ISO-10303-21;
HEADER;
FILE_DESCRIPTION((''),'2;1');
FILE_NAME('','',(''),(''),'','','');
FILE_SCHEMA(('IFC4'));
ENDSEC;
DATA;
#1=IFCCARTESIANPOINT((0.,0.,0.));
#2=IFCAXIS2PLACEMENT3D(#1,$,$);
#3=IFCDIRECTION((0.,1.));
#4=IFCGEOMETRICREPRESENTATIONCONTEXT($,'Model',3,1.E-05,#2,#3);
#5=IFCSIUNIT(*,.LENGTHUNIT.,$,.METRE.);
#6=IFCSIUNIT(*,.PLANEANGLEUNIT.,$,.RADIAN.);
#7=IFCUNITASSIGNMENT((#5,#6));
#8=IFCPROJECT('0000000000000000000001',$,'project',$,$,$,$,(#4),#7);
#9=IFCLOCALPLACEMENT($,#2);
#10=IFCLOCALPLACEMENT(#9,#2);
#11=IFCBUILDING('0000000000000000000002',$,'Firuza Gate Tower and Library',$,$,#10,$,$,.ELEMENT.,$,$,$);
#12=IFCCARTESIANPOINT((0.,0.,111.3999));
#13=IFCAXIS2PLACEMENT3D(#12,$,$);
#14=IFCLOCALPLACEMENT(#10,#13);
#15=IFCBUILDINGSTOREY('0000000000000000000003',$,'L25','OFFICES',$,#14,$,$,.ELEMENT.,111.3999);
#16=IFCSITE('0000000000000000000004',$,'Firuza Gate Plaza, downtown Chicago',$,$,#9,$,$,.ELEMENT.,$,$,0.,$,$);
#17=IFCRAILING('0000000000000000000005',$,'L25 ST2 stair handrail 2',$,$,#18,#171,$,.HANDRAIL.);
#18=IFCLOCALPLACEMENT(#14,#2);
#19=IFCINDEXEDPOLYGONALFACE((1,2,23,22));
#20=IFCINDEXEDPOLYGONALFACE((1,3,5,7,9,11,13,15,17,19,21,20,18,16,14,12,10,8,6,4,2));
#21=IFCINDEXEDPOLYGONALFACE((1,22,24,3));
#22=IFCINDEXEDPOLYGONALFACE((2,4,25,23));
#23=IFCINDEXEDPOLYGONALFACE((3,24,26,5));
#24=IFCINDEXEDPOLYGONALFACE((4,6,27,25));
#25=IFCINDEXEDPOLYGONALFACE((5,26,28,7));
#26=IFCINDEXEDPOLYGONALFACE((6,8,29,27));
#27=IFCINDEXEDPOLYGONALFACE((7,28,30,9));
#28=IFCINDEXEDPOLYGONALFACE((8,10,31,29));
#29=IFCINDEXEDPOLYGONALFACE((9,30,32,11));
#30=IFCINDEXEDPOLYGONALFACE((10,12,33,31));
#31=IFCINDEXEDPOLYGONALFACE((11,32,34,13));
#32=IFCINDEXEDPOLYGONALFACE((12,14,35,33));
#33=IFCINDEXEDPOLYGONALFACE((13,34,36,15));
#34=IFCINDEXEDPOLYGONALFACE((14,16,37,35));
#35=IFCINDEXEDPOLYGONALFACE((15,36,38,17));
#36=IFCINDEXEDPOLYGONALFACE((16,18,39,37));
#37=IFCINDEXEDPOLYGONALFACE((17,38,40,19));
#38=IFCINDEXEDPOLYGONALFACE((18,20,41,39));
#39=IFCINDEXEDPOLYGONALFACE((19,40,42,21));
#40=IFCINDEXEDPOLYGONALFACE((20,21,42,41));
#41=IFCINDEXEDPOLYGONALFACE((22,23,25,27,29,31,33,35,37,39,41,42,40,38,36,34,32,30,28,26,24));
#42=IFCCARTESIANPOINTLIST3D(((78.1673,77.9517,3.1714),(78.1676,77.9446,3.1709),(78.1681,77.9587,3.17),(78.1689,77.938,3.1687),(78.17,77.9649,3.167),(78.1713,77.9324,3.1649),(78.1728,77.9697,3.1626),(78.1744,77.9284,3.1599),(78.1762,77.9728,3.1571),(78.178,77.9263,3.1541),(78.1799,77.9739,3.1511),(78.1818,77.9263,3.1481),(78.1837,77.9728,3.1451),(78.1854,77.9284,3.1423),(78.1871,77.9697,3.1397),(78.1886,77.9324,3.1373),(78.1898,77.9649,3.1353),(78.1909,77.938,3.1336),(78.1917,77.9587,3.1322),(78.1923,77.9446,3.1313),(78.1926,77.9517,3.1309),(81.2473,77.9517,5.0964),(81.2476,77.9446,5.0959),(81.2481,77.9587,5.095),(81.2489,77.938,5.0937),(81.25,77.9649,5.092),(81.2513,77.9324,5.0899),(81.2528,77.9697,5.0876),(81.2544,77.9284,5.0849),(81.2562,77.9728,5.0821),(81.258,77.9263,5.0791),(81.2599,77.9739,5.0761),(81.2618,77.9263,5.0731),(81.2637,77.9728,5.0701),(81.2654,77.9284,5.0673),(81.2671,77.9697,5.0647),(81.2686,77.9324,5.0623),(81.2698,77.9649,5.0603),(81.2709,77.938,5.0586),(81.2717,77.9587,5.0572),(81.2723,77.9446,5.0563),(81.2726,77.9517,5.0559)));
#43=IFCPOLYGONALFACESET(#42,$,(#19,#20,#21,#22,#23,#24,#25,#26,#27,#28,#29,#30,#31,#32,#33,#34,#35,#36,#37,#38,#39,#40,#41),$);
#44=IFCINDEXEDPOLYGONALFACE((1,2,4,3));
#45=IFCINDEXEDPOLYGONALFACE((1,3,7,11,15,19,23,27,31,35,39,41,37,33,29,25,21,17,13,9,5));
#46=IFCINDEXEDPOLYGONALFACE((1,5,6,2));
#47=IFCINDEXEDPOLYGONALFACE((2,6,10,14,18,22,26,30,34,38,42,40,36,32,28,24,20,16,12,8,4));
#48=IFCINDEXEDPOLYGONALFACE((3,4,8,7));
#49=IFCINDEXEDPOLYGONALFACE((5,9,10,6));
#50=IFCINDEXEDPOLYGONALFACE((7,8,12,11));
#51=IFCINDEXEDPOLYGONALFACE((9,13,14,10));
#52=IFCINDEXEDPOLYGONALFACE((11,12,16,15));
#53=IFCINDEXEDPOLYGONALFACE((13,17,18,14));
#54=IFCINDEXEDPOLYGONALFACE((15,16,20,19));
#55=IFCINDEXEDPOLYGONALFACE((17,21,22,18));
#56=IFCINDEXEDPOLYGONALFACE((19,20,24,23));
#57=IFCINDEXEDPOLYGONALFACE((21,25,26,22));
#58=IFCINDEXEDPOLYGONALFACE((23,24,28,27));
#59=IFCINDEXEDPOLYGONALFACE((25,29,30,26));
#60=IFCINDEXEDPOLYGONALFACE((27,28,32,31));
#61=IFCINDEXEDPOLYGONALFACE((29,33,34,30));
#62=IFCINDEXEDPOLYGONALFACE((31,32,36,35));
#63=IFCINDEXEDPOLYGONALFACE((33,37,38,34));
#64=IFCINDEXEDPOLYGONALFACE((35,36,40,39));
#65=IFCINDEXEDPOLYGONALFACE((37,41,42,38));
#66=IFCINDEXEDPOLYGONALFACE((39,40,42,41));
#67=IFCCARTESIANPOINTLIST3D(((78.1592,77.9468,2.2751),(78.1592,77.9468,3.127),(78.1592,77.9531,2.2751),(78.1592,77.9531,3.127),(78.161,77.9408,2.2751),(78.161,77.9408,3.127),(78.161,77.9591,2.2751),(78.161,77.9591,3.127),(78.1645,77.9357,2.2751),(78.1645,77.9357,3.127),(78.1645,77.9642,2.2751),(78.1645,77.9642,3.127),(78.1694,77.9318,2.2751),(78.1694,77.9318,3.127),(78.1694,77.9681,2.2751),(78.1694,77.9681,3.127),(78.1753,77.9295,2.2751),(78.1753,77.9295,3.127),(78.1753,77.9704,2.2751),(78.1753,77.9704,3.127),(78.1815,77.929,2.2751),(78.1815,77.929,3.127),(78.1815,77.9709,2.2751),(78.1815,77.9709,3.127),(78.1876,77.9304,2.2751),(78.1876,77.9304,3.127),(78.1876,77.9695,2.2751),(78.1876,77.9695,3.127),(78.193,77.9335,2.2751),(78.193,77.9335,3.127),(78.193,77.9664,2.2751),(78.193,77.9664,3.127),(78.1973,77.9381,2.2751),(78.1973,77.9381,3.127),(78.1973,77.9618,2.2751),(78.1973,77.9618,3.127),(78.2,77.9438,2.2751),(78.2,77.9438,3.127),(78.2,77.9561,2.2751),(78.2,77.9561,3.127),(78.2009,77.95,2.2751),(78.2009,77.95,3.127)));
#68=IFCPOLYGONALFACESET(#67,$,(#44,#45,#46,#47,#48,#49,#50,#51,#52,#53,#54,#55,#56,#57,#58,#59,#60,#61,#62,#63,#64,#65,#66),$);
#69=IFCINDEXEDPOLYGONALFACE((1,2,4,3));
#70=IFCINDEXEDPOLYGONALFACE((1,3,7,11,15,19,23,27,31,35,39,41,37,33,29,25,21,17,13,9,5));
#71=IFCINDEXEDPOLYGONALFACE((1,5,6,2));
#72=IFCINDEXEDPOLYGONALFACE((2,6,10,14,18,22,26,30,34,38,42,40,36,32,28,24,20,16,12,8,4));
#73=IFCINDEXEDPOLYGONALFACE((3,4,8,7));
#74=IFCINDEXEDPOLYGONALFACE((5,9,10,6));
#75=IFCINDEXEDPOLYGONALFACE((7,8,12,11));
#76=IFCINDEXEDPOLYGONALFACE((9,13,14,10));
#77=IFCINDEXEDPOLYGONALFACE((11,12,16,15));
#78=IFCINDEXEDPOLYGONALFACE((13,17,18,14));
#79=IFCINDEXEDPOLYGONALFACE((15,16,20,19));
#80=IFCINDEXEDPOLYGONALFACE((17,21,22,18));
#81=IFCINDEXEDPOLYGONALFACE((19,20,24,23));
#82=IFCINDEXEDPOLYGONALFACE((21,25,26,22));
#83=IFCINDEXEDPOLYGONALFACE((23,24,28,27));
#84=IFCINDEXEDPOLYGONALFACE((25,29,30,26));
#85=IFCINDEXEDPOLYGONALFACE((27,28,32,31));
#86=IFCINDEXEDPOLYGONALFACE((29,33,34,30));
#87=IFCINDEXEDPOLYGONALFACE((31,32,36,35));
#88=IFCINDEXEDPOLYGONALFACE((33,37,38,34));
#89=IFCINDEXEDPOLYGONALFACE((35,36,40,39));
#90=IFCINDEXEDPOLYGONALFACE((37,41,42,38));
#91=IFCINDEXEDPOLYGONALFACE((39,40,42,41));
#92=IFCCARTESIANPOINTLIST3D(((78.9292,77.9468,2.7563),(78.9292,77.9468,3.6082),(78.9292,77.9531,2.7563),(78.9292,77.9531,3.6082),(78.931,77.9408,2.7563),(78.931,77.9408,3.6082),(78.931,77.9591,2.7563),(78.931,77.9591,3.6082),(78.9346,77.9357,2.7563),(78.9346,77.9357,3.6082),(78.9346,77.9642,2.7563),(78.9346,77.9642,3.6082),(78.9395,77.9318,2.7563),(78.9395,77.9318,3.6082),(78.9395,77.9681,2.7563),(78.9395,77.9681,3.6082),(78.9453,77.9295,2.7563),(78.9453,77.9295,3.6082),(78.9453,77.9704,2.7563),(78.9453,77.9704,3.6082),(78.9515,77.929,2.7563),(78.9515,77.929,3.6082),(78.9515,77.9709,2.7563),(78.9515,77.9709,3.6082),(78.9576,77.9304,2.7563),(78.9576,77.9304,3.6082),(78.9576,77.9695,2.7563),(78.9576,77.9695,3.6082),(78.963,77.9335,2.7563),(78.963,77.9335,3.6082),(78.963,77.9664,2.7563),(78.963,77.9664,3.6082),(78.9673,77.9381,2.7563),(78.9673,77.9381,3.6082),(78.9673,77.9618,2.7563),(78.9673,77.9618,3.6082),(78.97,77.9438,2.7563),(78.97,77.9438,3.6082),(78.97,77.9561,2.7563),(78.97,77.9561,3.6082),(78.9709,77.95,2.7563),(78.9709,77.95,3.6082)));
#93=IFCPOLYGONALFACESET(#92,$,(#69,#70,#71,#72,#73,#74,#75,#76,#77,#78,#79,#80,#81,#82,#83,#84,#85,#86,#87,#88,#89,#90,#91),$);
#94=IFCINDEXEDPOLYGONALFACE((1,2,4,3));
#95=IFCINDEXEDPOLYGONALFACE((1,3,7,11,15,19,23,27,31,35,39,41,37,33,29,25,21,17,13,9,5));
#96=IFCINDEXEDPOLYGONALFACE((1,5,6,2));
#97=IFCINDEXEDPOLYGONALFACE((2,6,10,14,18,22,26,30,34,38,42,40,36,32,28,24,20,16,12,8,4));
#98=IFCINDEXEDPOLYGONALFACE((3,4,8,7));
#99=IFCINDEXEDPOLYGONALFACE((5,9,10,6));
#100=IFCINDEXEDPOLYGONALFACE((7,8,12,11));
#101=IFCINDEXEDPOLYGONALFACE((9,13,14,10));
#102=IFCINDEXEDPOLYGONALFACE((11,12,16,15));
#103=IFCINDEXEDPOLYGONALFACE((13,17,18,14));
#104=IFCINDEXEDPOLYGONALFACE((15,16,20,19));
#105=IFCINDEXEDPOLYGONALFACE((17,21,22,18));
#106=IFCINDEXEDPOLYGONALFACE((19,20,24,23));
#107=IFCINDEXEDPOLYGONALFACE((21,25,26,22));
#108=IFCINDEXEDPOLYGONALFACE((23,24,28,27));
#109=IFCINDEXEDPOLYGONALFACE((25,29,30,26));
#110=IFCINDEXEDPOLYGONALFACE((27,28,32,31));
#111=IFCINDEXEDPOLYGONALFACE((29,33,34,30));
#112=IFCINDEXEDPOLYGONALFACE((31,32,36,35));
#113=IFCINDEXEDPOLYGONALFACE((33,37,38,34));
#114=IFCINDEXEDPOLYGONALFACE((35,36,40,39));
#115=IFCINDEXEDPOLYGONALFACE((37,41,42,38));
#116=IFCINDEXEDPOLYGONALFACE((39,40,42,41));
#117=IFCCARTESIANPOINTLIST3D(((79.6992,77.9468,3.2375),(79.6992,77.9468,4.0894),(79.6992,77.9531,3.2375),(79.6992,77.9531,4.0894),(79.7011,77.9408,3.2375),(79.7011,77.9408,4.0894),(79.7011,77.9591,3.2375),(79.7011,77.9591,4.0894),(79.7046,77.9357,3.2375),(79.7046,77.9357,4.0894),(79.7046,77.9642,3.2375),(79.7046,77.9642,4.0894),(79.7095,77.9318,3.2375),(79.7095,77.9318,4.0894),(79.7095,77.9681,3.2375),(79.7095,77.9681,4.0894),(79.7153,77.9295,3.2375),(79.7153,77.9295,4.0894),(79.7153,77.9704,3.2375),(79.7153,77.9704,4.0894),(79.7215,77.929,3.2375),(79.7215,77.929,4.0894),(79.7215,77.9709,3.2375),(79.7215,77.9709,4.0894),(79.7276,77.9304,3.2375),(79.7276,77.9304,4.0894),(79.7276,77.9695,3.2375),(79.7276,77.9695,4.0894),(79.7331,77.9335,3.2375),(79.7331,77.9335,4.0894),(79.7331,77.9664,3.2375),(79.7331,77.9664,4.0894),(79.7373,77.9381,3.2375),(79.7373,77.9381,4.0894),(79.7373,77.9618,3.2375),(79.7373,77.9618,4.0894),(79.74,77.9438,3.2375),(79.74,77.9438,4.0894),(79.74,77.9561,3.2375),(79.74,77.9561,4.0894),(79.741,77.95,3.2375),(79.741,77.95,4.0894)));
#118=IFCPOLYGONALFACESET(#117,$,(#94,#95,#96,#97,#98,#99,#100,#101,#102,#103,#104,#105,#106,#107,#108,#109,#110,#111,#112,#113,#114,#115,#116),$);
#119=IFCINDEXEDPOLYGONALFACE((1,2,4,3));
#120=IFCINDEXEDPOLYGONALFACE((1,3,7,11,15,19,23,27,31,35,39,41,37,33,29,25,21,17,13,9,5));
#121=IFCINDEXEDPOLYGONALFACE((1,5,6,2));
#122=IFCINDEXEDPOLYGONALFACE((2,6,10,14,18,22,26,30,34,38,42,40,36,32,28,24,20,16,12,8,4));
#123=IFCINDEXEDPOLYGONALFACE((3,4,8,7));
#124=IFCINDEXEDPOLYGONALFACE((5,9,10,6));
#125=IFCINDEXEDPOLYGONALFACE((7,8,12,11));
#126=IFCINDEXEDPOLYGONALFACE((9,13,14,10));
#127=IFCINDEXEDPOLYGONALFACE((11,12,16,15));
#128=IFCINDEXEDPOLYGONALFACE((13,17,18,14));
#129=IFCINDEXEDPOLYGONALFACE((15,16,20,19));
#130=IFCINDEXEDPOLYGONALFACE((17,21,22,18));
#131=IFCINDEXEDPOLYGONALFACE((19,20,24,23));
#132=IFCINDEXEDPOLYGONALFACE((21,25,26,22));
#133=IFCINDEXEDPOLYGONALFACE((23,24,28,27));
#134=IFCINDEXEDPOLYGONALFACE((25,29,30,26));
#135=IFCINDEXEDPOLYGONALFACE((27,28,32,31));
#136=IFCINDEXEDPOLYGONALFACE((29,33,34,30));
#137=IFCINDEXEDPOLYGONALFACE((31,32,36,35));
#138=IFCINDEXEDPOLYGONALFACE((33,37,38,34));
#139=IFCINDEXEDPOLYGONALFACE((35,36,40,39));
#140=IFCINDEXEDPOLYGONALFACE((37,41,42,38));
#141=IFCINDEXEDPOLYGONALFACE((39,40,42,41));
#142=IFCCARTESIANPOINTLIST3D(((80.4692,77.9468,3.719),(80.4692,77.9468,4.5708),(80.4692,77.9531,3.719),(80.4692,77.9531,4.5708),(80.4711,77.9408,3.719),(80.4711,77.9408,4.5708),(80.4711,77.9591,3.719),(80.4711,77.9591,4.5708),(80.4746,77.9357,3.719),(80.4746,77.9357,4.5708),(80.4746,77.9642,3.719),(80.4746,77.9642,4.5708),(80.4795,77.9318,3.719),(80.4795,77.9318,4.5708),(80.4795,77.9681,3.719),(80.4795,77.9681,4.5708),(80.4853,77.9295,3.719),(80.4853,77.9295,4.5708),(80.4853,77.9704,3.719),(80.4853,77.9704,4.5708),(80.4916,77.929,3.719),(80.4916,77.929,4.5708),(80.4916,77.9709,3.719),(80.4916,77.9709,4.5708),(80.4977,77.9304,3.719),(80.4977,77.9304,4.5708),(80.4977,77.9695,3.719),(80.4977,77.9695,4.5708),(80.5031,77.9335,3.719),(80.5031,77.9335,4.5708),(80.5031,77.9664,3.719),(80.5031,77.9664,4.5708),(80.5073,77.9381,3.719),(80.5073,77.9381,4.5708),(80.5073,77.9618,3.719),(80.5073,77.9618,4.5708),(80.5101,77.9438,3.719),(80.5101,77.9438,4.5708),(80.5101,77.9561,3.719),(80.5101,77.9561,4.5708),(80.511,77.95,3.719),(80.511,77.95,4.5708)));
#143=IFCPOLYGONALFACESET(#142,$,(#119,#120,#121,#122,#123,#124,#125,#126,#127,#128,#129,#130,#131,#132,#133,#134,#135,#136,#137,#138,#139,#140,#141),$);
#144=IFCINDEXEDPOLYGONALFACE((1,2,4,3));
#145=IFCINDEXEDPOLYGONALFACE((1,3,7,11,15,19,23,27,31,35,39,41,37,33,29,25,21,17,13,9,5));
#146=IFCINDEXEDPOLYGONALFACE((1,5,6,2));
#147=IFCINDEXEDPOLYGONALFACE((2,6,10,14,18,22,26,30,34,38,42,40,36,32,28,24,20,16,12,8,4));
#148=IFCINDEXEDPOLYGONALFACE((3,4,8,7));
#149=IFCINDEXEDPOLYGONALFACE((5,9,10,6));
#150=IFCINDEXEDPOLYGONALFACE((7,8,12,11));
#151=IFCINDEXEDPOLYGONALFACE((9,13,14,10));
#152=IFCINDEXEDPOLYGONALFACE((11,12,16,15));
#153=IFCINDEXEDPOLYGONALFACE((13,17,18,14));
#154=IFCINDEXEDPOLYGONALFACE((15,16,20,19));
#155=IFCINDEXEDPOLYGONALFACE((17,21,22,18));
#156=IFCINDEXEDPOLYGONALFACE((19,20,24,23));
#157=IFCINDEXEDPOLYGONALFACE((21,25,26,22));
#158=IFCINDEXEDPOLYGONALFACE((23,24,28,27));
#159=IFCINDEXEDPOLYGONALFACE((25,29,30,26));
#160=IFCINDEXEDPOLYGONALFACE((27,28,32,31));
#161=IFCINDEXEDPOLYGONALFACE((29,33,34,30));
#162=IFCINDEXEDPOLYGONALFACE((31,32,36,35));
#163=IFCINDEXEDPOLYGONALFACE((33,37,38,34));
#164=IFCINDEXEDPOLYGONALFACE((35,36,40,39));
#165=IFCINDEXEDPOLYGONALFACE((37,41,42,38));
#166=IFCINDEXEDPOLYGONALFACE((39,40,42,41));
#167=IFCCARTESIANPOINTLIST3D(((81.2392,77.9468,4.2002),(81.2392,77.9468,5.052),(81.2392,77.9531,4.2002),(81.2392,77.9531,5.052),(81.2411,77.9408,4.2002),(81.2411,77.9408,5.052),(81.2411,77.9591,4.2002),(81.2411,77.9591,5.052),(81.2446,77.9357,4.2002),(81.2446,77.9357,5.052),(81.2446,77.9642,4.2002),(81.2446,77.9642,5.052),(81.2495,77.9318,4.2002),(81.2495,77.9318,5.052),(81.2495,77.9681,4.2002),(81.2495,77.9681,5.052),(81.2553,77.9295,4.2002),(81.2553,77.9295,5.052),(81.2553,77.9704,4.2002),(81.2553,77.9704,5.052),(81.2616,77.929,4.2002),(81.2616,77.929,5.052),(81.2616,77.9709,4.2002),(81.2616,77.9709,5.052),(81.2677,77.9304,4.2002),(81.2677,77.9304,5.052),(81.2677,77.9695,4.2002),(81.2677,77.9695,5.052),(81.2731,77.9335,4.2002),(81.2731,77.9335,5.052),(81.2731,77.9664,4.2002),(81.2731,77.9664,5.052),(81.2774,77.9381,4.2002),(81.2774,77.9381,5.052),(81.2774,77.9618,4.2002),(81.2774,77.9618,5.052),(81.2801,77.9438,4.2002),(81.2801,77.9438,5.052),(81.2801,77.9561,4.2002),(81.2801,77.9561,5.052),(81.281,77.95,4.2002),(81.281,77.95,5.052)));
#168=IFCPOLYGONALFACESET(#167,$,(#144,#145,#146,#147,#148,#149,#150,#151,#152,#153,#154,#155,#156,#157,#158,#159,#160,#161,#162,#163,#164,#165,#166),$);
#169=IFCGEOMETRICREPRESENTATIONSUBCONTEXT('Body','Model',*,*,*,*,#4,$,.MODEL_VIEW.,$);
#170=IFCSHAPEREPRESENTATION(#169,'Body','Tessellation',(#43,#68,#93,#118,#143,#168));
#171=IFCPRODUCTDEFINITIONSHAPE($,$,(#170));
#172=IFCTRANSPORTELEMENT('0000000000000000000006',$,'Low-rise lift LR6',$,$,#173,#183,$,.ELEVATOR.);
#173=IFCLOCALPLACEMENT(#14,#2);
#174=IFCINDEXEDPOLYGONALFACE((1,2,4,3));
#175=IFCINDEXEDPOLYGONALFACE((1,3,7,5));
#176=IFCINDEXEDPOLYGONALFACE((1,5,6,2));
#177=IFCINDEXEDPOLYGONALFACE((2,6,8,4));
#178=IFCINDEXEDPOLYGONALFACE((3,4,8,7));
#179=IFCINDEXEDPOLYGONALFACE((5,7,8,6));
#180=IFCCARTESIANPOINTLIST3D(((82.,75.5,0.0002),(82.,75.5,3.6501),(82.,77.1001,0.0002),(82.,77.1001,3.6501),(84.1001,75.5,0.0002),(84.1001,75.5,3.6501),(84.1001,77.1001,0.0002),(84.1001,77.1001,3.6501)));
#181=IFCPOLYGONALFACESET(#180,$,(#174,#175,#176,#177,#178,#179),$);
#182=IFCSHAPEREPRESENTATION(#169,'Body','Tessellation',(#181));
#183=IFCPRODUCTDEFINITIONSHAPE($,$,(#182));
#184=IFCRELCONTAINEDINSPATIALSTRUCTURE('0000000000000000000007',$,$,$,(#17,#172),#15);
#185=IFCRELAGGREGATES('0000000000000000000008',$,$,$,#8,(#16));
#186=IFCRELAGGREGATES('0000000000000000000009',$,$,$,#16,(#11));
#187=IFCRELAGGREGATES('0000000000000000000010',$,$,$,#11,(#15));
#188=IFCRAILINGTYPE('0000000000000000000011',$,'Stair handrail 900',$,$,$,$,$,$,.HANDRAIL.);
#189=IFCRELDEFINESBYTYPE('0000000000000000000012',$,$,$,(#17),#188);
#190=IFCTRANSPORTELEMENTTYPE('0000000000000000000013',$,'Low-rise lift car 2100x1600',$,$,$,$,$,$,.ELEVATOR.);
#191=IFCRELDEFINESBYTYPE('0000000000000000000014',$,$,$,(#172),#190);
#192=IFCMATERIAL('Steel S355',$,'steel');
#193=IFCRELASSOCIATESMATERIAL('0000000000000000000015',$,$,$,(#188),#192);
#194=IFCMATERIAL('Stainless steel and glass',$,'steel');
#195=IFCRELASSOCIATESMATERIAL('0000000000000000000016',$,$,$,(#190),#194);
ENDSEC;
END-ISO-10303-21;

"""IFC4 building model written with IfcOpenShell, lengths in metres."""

from ifc_helpers import new_model, si_unit, direction, frame, origin, origin_2d, place, context, subcontext, project, spatial, rectangle, circle, extrude, material, type_object, element, save


model = new_model("IFC4")

# Units and contexts
model_context = context("Model", 3, precision=1e-05, world=origin(), true_north=direction((0.0, 1.0)))
body_context = subcontext(model_context, "Body", "Model", "MODEL_VIEW")
ifc_project = project(units=[si_unit("LENGTHUNIT", "METRE"), si_unit("PLANEANGLEUNIT", "RADIAN")], contexts=[model_context])

# Site, building, storey
site_placement = place(None, origin())
site = spatial("IfcSite", under=ifc_project, at=site_placement, Name="Firuza Gate Plaza, downtown Chicago", CompositionType="ELEMENT", RefElevation=0.0)
building_placement = place(site_placement, origin())
building = spatial("IfcBuilding", under=site, at=building_placement, Name="Firuza Gate Tower and Library", CompositionType="ELEMENT")
storey_placement = place(building_placement, frame((0.0, 0.0, 111.3999)))
storey = spatial("IfcBuildingStorey", under=building, at=storey_placement, Name="L25", Description="OFFICES", CompositionType="ELEMENT", Elevation=111.3999)

# Railing
ifc_material_1 = material(Name="Steel S355", Category="steel")
railing_type_1 = type_object("IfcRailingType", Name="Stair handrail 900", PredefinedType="HANDRAIL", material=ifc_material_1)
railing_1_placement = place(storey_placement, frame((78.1799, 77.95, 2.2751)))
element("IfcRailing", 1, at=railing_1_placement, inside=storey, type_object=railing_type_1, Name="L25 ST2 stair handrail 2", PredefinedType="HANDRAIL", context=body_context, shape_type="SweptSolid", body=[
    extrude(circle(Radius=0.0239, at=origin_2d()), frame((0.0, 0.0, 0.876), z_axis=(0.847998, 0.0, 0.529999), x_axis=(0.0, 1.0, 0.0)), (0.0, 0.0, 1.0), 3.6321),
    extrude(circle(Radius=0.021, at=origin_2d()), origin(), (0.0, 0.0, 1.0), 0.8518),
    extrude(circle(Radius=0.021, at=origin_2d()), frame((0.77, 0.0, 0.4812)), (0.0, 0.0, 1.0), 0.8518),
    extrude(circle(Radius=0.021, at=origin_2d()), frame((1.54, 0.0, 0.9624)), (0.0, 0.0, 1.0), 0.8518),
    extrude(circle(Radius=0.021, at=origin_2d()), frame((2.3101, 0.0, 1.4438)), (0.0, 0.0, 1.0), 0.8518),
    extrude(circle(Radius=0.021, at=origin_2d()), frame((3.0801, 0.0, 1.925)), (0.0, 0.0, 1.0), 0.8518),
])

# Transport element
ifc_material_2 = material(Name="Stainless steel and glass", Category="steel")
transport_element_type = type_object("IfcTransportElementType", Name="Low-rise lift car 2100x1600", PredefinedType="ELEVATOR", material=ifc_material_2)
transport_element_placement = place(storey_placement, frame((83.05, 76.3, 0.0002), z_axis=(0.0, 0.0, 1.0), x_axis=(1.0, 0.0, 0.0)))
element("IfcTransportElement", 2, at=transport_element_placement, inside=storey, type_object=transport_element_type, Name="Low-rise lift LR6", PredefinedType="ELEVATOR", context=body_context, shape_type="SweptSolid", body=[
    extrude(rectangle(XDim=2.1001, YDim=1.6001, at=origin_2d()), origin(), (0.0, 0.0, 1.0), 3.6499),
])

save(model, "model.ifc")
